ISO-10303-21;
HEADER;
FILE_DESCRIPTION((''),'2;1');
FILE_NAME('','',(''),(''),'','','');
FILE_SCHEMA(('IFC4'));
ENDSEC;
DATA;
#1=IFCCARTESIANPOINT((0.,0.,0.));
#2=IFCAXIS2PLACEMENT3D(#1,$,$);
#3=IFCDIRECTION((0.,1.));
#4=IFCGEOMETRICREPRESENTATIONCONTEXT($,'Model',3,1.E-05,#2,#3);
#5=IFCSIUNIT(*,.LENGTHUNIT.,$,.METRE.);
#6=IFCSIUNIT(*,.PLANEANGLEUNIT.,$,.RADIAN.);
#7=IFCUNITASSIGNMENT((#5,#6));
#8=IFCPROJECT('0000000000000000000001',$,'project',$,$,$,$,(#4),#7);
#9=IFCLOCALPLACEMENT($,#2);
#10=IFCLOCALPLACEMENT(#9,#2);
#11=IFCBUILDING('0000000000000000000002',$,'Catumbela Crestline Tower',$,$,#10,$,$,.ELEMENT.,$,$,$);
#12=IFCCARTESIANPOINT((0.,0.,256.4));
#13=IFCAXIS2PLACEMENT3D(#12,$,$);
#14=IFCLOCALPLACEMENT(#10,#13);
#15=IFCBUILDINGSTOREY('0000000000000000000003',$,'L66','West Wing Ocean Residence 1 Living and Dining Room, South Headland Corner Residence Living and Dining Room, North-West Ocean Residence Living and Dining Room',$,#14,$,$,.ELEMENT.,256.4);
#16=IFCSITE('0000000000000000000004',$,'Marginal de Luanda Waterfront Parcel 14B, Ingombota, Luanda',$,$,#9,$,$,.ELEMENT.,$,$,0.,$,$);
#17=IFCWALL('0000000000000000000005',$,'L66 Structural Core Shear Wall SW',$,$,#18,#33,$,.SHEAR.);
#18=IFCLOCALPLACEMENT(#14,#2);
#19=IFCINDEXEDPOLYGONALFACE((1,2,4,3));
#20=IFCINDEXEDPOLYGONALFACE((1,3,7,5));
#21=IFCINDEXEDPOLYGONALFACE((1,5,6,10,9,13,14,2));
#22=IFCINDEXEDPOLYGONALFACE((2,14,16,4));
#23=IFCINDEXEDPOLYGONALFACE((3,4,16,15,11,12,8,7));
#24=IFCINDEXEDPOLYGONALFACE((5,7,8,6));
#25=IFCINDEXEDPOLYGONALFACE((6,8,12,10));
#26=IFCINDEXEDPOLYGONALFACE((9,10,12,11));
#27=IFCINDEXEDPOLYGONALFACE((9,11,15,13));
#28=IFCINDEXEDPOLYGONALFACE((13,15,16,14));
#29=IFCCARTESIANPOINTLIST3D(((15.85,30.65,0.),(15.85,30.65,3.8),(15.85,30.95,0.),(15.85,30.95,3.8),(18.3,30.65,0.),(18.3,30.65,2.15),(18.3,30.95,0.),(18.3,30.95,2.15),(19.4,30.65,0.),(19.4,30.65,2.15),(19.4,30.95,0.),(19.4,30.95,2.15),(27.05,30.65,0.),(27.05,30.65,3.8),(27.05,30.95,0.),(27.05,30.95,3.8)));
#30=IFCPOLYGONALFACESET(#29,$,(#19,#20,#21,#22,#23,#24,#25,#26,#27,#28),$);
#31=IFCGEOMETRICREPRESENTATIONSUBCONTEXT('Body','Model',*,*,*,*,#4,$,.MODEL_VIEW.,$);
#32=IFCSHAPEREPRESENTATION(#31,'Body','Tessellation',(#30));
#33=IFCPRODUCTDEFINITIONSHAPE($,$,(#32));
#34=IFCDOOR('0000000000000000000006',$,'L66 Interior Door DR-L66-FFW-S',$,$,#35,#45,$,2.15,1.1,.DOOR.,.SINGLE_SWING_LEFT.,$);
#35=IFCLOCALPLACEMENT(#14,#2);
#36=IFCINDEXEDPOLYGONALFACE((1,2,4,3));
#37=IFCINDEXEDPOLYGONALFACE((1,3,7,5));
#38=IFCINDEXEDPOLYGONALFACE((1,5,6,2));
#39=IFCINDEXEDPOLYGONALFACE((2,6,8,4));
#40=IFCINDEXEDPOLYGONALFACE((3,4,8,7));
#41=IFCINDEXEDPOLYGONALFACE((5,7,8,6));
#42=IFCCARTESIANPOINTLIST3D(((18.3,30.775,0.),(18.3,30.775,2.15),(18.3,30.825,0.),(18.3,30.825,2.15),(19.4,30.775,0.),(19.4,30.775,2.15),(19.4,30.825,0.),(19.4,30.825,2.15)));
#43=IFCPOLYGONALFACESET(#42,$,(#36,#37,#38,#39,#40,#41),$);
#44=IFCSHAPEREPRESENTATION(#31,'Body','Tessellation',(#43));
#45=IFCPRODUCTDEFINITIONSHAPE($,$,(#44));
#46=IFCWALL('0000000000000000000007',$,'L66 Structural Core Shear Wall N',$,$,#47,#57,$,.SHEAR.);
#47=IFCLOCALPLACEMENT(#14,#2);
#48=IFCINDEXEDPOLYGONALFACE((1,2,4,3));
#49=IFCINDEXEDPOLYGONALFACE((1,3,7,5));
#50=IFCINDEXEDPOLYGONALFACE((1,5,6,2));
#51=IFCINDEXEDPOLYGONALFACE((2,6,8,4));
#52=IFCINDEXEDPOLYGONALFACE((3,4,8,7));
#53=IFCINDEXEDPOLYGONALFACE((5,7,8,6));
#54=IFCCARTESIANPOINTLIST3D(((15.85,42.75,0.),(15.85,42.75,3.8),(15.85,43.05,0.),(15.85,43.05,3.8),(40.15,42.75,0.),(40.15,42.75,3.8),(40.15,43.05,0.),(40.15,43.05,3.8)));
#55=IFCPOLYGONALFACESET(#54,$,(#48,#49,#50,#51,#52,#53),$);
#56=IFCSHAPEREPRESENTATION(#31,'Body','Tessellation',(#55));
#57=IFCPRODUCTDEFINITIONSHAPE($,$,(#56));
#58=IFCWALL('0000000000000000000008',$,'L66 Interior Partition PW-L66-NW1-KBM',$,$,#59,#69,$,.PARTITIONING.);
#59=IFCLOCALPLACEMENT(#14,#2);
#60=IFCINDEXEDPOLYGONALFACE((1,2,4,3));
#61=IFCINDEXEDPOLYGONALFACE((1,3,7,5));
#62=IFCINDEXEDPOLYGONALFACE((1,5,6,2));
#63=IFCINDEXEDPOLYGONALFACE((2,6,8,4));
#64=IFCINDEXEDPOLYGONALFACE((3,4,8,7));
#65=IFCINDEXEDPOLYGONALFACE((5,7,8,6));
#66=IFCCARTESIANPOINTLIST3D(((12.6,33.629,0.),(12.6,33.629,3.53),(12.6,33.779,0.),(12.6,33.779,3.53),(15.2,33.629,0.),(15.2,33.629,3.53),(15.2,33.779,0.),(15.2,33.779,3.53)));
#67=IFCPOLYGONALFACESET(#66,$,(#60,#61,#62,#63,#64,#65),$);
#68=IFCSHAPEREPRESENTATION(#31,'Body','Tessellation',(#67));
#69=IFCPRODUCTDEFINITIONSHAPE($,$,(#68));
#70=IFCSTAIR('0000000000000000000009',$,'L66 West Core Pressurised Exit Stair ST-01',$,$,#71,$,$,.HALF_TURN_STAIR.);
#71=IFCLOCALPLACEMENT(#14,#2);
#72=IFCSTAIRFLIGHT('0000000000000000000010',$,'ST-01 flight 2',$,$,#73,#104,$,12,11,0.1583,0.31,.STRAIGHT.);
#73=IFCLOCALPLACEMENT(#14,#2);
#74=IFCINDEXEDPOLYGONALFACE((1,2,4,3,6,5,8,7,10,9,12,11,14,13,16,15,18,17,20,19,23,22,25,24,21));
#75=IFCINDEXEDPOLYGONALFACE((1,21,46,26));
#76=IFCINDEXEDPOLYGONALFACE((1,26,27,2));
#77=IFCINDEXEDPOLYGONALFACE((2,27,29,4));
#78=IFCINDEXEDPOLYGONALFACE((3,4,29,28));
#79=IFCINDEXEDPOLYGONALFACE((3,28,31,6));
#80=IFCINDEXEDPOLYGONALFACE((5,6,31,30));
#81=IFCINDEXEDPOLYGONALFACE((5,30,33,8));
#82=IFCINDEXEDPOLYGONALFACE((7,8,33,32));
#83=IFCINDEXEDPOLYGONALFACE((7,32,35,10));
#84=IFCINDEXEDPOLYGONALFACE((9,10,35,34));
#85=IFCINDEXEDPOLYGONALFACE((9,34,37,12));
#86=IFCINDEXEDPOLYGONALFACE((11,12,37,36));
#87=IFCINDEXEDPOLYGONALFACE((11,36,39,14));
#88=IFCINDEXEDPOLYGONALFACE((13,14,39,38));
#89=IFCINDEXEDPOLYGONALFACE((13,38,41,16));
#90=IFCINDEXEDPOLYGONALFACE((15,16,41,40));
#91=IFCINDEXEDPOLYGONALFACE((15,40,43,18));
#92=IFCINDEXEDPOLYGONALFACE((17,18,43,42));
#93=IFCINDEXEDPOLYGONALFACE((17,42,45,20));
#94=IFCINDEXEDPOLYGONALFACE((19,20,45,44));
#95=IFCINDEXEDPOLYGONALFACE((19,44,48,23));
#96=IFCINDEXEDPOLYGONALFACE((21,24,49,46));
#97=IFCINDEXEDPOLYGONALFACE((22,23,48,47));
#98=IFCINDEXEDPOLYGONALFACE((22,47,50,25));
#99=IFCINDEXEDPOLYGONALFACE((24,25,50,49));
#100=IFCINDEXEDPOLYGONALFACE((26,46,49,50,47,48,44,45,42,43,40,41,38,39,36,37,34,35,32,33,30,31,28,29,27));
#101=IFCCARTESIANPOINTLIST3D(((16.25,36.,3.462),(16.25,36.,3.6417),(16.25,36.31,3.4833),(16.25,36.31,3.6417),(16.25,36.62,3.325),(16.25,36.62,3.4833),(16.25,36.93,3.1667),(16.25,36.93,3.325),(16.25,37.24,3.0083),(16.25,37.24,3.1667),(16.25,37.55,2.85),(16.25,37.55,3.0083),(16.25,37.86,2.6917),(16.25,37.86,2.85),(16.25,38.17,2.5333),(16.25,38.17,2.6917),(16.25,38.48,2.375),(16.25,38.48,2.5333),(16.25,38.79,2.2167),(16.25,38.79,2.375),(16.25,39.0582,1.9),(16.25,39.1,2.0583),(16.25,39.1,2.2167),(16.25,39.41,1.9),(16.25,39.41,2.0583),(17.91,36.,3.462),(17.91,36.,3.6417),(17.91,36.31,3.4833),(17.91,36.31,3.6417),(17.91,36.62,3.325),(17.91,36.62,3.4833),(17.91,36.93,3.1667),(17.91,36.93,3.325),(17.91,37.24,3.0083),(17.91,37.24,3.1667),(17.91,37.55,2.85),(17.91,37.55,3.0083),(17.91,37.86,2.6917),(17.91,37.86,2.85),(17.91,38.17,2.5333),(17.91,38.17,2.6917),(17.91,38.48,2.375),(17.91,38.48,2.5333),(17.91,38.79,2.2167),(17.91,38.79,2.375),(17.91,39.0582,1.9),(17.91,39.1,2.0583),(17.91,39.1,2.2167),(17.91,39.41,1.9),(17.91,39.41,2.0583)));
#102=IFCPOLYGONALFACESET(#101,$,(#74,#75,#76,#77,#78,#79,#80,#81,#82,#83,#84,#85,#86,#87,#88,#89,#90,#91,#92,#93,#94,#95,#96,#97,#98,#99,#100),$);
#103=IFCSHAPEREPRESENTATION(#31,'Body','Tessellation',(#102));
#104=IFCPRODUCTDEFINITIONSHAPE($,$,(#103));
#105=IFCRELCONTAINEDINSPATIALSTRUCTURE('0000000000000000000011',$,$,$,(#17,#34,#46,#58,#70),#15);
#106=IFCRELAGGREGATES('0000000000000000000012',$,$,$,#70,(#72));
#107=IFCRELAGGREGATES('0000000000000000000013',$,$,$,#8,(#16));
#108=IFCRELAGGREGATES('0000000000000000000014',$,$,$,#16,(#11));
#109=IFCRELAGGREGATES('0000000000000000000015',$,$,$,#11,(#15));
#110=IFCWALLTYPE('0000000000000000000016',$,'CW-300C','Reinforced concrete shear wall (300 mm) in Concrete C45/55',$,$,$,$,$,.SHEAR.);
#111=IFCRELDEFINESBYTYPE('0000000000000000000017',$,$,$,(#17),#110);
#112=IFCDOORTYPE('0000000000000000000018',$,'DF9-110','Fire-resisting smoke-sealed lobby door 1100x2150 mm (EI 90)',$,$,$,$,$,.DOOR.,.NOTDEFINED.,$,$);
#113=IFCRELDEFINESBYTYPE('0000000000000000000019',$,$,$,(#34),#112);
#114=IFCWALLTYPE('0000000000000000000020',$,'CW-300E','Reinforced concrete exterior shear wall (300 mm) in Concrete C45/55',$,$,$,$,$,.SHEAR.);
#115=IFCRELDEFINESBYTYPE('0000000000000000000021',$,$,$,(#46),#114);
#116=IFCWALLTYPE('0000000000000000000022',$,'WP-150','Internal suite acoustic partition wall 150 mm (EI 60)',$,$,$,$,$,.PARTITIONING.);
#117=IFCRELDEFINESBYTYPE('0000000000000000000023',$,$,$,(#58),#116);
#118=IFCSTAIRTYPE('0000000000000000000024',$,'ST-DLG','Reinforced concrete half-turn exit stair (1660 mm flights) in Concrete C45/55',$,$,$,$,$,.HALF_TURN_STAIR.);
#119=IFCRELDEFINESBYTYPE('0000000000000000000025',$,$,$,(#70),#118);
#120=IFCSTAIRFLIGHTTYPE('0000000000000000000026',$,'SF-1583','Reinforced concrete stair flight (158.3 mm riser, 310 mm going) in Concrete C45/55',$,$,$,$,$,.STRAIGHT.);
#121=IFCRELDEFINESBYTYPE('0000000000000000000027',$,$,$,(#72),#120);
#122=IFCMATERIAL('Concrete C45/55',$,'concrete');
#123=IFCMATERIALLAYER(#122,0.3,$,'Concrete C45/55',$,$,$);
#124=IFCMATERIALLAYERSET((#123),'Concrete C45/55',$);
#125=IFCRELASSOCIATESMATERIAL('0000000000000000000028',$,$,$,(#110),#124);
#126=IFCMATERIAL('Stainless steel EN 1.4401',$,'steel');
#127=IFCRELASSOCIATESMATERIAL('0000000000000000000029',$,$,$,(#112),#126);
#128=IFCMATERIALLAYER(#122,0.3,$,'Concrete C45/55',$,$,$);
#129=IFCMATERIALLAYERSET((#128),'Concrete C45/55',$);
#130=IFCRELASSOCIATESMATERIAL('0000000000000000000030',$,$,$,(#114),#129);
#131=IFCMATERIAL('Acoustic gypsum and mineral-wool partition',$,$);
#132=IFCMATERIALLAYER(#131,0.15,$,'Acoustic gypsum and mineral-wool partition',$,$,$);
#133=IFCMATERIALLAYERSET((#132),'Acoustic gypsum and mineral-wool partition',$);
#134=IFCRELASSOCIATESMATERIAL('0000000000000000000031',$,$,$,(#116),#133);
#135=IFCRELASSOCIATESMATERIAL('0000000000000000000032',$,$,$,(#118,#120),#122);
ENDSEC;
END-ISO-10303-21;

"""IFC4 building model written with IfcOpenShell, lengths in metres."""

from ifc_helpers import new_model, si_unit, direction, frame, frame_2d, origin, place, context, subcontext, project, spatial, polyline, rectangle, outline, extrude, material, layer, layer_set, type_object, element, fill, aggregate, save


model = new_model("IFC4")

# Units and contexts
model_context = context("Model", 3, precision=1e-05, world=origin(), true_north=direction((0.0, 1.0)))
body_context = subcontext(model_context, "Body", "Model", "MODEL_VIEW")
ifc_project = project(units=[si_unit("LENGTHUNIT", "METRE"), si_unit("PLANEANGLEUNIT", "RADIAN")], contexts=[model_context])

# Site, building, storey
site_placement = place(None, origin())
site = spatial("IfcSite", under=ifc_project, at=site_placement, Name="Marginal de Luanda Waterfront Parcel 14B, Ingombota, Luanda", CompositionType="ELEMENT", RefElevation=0.0)
building_placement = place(site_placement, origin())
building = spatial("IfcBuilding", under=site, at=building_placement, Name="Catumbela Crestline Tower", CompositionType="ELEMENT")
storey_placement = place(building_placement, frame((0.0, 0.0, 256.4)))
storey = spatial("IfcBuildingStorey", under=building, at=storey_placement, Name="L66", Description="West Wing Ocean Residence 1 Living and Dining Room, South Headland Corner Residence Living and Dining Room, North-West Ocean Residence Living and Dining Room", CompositionType="ELEMENT", Elevation=256.4)

# Shared definitions
ifc_material_1 = material(Name="Stainless steel EN 1.4401", Category="steel")

# Wall, opening, door
ifc_material_2 = material(Name="Concrete C45/55", Category="concrete")
ifc_layer_1 = layer(ifc_material_2, 0.3, Name="Concrete C45/55")
ifc_layer_set_1 = layer_set([ifc_layer_1], Name="Concrete C45/55")
wall_type_1 = type_object("IfcWallType", Name="CW-300C", Description="Reinforced concrete shear wall (300 mm) in Concrete C45/55", PredefinedType="SHEAR", material=ifc_layer_set_1)
wall_1_placement = place(storey_placement, frame((15.85, 30.8, 0.0), z_axis=(0.0, 0.0, 1.0), x_axis=(1.0, 0.0, 0.0)))
wall_1 = element("IfcWall", 1, at=wall_1_placement, inside=storey, type_object=wall_type_1, Name="L66 Structural Core Shear Wall SW", PredefinedType="SHEAR", context=body_context, shape_type="SweptSolid", body=[
    extrude(rectangle(XDim=11.2, YDim=0.3, at=frame_2d((5.6, 0.0))), origin(), (0.0, 0.0, 1.0), 3.8),
])
opening_1_placement = place(wall_1_placement, frame((2.45, 0.0, 0.0)))
opening_1 = element("IfcOpeningElement", 2, at=opening_1_placement, cuts=wall_1, PredefinedType="OPENING", context=body_context, shape_type="SweptSolid", body=[
    extrude(rectangle(XDim=1.1, YDim=2.15, at=frame_2d((0.55, 1.075))), frame((0.0, 0.16, 0.0), z_axis=(0.0, -1.0, 0.0), x_axis=(1.0, 0.0, 0.0)), (0.0, 0.0, 1.0), 0.32),
])
door_type_1 = type_object("IfcDoorType", Name="DF9-110", Description="Fire-resisting smoke-sealed lobby door 1100x2150 mm (EI 90)", OperationType="NOTDEFINED", PredefinedType="DOOR", material=ifc_material_1)
door_1_placement = place(opening_1_placement, origin())
door_1 = element("IfcDoor", 3, at=door_1_placement, inside=storey, type_object=door_type_1, Name="L66 Interior Door DR-L66-FFW-S", OperationType="SINGLE_SWING_LEFT", OverallHeight=2.15, OverallWidth=1.1, PredefinedType="DOOR", context=body_context, shape_type="SweptSolid", body=[
    extrude(rectangle(XDim=1.1, YDim=2.15, at=frame_2d((0.55, 1.075))), frame((0.0, 0.025, 0.0), z_axis=(0.0, -1.0, 0.0), x_axis=(1.0, 0.0, 0.0)), (0.0, 0.0, 1.0), 0.05),
])
fill(opening_1, door_1)

# Walls
ifc_layer_2 = layer(ifc_material_2, 0.3, Name="Concrete C45/55")
ifc_layer_set_2 = layer_set([ifc_layer_2], Name="Concrete C45/55")
wall_type_2 = type_object("IfcWallType", Name="CW-300E", Description="Reinforced concrete exterior shear wall (300 mm) in Concrete C45/55", PredefinedType="SHEAR", material=ifc_layer_set_2)
wall_2_placement = place(storey_placement, frame((15.85, 42.9, 0.0), z_axis=(0.0, 0.0, 1.0), x_axis=(1.0, 0.0, 0.0)))
element("IfcWall", 4, at=wall_2_placement, inside=storey, type_object=wall_type_2, Name="L66 Structural Core Shear Wall N", PredefinedType="SHEAR", context=body_context, shape_type="SweptSolid", body=[
    extrude(rectangle(XDim=24.3, YDim=0.3, at=frame_2d((12.15, 0.0))), origin(), (0.0, 0.0, 1.0), 3.8),
])
ifc_material_3 = material(Name="Acoustic gypsum and mineral-wool partition")
ifc_layer_3 = layer(ifc_material_3, 0.15, Name="Acoustic gypsum and mineral-wool partition")
ifc_layer_set_3 = layer_set([ifc_layer_3], Name="Acoustic gypsum and mineral-wool partition")
wall_type_3 = type_object("IfcWallType", Name="WP-150", Description="Internal suite acoustic partition wall 150 mm (EI 60)", PredefinedType="PARTITIONING", material=ifc_layer_set_3)
wall_3_placement = place(storey_placement, frame((12.6, 33.704, 0.0), z_axis=(0.0, 0.0, 1.0), x_axis=(1.0, 0.0, 0.0)))
element("IfcWall", 5, at=wall_3_placement, inside=storey, type_object=wall_type_3, Name="L66 Interior Partition PW-L66-NW1-KBM", PredefinedType="PARTITIONING", context=body_context, shape_type="SweptSolid", body=[
    extrude(rectangle(XDim=2.6, YDim=0.15, at=frame_2d((1.3, 0.0))), origin(), (0.0, 0.0, 1.0), 3.53),
])

# Stair, stair flight
stair_type = type_object("IfcStairType", Name="ST-DLG", Description="Reinforced concrete half-turn exit stair (1660 mm flights) in Concrete C45/55", PredefinedType="HALF_TURN_STAIR", material=ifc_material_2)
stair_placement = place(storey_placement, origin())
stair = element("IfcStair", 6, at=stair_placement, inside=storey, type_object=stair_type, Name="L66 West Core Pressurised Exit Stair ST-01", PredefinedType="HALF_TURN_STAIR")
stair_flight_type = type_object("IfcStairFlightType", Name="SF-1583", Description="Reinforced concrete stair flight (158.3 mm riser, 310 mm going) in Concrete C45/55", PredefinedType="STRAIGHT", material=ifc_material_2)
stair_flight_placement = place(storey_placement, frame((17.08, 39.41, 1.9), z_axis=(0.0, 0.0, 1.0), x_axis=(0.0, -1.0, 0.0)))
stair_flight = element("IfcStairFlight", 7, at=stair_flight_placement, type_object=stair_flight_type, Name="ST-01 flight 2", NumberOfRisers=12, NumberOfTreads=11, PredefinedType="STRAIGHT", RiserHeight=0.1583, TreadLength=0.31, context=body_context, shape_type="SweptSolid", body=[
    extrude(outline(polyline([(0.0, 0.0), (0.0, 0.1583), (0.31, 0.1583), (0.31, 0.3167), (0.62, 0.3167), (0.62, 0.475), (0.93, 0.475), (0.93, 0.6333), (1.24, 0.6333), (1.24, 0.7917), (1.55, 0.7917), (1.55, 0.95), (1.86, 0.95), (1.86, 1.1083), (2.17, 1.1083), (2.17, 1.2667), (2.48, 1.2667), (2.48, 1.425), (2.79, 1.425), (2.79, 1.5833), (3.1, 1.5833), (3.1, 1.7417), (3.41, 1.7417), (3.41, 1.9), (3.41, 1.562), (0.3518, 0.0), (0.0, 0.0)])), frame((0.0, 0.83, 0.0), z_axis=(0.0, -1.0, 0.0), x_axis=(1.0, 0.0, 0.0)), (0.0, 0.0, 1.0), 1.66),
])
aggregate(stair, [stair_flight])

save(model, "model.ifc")
